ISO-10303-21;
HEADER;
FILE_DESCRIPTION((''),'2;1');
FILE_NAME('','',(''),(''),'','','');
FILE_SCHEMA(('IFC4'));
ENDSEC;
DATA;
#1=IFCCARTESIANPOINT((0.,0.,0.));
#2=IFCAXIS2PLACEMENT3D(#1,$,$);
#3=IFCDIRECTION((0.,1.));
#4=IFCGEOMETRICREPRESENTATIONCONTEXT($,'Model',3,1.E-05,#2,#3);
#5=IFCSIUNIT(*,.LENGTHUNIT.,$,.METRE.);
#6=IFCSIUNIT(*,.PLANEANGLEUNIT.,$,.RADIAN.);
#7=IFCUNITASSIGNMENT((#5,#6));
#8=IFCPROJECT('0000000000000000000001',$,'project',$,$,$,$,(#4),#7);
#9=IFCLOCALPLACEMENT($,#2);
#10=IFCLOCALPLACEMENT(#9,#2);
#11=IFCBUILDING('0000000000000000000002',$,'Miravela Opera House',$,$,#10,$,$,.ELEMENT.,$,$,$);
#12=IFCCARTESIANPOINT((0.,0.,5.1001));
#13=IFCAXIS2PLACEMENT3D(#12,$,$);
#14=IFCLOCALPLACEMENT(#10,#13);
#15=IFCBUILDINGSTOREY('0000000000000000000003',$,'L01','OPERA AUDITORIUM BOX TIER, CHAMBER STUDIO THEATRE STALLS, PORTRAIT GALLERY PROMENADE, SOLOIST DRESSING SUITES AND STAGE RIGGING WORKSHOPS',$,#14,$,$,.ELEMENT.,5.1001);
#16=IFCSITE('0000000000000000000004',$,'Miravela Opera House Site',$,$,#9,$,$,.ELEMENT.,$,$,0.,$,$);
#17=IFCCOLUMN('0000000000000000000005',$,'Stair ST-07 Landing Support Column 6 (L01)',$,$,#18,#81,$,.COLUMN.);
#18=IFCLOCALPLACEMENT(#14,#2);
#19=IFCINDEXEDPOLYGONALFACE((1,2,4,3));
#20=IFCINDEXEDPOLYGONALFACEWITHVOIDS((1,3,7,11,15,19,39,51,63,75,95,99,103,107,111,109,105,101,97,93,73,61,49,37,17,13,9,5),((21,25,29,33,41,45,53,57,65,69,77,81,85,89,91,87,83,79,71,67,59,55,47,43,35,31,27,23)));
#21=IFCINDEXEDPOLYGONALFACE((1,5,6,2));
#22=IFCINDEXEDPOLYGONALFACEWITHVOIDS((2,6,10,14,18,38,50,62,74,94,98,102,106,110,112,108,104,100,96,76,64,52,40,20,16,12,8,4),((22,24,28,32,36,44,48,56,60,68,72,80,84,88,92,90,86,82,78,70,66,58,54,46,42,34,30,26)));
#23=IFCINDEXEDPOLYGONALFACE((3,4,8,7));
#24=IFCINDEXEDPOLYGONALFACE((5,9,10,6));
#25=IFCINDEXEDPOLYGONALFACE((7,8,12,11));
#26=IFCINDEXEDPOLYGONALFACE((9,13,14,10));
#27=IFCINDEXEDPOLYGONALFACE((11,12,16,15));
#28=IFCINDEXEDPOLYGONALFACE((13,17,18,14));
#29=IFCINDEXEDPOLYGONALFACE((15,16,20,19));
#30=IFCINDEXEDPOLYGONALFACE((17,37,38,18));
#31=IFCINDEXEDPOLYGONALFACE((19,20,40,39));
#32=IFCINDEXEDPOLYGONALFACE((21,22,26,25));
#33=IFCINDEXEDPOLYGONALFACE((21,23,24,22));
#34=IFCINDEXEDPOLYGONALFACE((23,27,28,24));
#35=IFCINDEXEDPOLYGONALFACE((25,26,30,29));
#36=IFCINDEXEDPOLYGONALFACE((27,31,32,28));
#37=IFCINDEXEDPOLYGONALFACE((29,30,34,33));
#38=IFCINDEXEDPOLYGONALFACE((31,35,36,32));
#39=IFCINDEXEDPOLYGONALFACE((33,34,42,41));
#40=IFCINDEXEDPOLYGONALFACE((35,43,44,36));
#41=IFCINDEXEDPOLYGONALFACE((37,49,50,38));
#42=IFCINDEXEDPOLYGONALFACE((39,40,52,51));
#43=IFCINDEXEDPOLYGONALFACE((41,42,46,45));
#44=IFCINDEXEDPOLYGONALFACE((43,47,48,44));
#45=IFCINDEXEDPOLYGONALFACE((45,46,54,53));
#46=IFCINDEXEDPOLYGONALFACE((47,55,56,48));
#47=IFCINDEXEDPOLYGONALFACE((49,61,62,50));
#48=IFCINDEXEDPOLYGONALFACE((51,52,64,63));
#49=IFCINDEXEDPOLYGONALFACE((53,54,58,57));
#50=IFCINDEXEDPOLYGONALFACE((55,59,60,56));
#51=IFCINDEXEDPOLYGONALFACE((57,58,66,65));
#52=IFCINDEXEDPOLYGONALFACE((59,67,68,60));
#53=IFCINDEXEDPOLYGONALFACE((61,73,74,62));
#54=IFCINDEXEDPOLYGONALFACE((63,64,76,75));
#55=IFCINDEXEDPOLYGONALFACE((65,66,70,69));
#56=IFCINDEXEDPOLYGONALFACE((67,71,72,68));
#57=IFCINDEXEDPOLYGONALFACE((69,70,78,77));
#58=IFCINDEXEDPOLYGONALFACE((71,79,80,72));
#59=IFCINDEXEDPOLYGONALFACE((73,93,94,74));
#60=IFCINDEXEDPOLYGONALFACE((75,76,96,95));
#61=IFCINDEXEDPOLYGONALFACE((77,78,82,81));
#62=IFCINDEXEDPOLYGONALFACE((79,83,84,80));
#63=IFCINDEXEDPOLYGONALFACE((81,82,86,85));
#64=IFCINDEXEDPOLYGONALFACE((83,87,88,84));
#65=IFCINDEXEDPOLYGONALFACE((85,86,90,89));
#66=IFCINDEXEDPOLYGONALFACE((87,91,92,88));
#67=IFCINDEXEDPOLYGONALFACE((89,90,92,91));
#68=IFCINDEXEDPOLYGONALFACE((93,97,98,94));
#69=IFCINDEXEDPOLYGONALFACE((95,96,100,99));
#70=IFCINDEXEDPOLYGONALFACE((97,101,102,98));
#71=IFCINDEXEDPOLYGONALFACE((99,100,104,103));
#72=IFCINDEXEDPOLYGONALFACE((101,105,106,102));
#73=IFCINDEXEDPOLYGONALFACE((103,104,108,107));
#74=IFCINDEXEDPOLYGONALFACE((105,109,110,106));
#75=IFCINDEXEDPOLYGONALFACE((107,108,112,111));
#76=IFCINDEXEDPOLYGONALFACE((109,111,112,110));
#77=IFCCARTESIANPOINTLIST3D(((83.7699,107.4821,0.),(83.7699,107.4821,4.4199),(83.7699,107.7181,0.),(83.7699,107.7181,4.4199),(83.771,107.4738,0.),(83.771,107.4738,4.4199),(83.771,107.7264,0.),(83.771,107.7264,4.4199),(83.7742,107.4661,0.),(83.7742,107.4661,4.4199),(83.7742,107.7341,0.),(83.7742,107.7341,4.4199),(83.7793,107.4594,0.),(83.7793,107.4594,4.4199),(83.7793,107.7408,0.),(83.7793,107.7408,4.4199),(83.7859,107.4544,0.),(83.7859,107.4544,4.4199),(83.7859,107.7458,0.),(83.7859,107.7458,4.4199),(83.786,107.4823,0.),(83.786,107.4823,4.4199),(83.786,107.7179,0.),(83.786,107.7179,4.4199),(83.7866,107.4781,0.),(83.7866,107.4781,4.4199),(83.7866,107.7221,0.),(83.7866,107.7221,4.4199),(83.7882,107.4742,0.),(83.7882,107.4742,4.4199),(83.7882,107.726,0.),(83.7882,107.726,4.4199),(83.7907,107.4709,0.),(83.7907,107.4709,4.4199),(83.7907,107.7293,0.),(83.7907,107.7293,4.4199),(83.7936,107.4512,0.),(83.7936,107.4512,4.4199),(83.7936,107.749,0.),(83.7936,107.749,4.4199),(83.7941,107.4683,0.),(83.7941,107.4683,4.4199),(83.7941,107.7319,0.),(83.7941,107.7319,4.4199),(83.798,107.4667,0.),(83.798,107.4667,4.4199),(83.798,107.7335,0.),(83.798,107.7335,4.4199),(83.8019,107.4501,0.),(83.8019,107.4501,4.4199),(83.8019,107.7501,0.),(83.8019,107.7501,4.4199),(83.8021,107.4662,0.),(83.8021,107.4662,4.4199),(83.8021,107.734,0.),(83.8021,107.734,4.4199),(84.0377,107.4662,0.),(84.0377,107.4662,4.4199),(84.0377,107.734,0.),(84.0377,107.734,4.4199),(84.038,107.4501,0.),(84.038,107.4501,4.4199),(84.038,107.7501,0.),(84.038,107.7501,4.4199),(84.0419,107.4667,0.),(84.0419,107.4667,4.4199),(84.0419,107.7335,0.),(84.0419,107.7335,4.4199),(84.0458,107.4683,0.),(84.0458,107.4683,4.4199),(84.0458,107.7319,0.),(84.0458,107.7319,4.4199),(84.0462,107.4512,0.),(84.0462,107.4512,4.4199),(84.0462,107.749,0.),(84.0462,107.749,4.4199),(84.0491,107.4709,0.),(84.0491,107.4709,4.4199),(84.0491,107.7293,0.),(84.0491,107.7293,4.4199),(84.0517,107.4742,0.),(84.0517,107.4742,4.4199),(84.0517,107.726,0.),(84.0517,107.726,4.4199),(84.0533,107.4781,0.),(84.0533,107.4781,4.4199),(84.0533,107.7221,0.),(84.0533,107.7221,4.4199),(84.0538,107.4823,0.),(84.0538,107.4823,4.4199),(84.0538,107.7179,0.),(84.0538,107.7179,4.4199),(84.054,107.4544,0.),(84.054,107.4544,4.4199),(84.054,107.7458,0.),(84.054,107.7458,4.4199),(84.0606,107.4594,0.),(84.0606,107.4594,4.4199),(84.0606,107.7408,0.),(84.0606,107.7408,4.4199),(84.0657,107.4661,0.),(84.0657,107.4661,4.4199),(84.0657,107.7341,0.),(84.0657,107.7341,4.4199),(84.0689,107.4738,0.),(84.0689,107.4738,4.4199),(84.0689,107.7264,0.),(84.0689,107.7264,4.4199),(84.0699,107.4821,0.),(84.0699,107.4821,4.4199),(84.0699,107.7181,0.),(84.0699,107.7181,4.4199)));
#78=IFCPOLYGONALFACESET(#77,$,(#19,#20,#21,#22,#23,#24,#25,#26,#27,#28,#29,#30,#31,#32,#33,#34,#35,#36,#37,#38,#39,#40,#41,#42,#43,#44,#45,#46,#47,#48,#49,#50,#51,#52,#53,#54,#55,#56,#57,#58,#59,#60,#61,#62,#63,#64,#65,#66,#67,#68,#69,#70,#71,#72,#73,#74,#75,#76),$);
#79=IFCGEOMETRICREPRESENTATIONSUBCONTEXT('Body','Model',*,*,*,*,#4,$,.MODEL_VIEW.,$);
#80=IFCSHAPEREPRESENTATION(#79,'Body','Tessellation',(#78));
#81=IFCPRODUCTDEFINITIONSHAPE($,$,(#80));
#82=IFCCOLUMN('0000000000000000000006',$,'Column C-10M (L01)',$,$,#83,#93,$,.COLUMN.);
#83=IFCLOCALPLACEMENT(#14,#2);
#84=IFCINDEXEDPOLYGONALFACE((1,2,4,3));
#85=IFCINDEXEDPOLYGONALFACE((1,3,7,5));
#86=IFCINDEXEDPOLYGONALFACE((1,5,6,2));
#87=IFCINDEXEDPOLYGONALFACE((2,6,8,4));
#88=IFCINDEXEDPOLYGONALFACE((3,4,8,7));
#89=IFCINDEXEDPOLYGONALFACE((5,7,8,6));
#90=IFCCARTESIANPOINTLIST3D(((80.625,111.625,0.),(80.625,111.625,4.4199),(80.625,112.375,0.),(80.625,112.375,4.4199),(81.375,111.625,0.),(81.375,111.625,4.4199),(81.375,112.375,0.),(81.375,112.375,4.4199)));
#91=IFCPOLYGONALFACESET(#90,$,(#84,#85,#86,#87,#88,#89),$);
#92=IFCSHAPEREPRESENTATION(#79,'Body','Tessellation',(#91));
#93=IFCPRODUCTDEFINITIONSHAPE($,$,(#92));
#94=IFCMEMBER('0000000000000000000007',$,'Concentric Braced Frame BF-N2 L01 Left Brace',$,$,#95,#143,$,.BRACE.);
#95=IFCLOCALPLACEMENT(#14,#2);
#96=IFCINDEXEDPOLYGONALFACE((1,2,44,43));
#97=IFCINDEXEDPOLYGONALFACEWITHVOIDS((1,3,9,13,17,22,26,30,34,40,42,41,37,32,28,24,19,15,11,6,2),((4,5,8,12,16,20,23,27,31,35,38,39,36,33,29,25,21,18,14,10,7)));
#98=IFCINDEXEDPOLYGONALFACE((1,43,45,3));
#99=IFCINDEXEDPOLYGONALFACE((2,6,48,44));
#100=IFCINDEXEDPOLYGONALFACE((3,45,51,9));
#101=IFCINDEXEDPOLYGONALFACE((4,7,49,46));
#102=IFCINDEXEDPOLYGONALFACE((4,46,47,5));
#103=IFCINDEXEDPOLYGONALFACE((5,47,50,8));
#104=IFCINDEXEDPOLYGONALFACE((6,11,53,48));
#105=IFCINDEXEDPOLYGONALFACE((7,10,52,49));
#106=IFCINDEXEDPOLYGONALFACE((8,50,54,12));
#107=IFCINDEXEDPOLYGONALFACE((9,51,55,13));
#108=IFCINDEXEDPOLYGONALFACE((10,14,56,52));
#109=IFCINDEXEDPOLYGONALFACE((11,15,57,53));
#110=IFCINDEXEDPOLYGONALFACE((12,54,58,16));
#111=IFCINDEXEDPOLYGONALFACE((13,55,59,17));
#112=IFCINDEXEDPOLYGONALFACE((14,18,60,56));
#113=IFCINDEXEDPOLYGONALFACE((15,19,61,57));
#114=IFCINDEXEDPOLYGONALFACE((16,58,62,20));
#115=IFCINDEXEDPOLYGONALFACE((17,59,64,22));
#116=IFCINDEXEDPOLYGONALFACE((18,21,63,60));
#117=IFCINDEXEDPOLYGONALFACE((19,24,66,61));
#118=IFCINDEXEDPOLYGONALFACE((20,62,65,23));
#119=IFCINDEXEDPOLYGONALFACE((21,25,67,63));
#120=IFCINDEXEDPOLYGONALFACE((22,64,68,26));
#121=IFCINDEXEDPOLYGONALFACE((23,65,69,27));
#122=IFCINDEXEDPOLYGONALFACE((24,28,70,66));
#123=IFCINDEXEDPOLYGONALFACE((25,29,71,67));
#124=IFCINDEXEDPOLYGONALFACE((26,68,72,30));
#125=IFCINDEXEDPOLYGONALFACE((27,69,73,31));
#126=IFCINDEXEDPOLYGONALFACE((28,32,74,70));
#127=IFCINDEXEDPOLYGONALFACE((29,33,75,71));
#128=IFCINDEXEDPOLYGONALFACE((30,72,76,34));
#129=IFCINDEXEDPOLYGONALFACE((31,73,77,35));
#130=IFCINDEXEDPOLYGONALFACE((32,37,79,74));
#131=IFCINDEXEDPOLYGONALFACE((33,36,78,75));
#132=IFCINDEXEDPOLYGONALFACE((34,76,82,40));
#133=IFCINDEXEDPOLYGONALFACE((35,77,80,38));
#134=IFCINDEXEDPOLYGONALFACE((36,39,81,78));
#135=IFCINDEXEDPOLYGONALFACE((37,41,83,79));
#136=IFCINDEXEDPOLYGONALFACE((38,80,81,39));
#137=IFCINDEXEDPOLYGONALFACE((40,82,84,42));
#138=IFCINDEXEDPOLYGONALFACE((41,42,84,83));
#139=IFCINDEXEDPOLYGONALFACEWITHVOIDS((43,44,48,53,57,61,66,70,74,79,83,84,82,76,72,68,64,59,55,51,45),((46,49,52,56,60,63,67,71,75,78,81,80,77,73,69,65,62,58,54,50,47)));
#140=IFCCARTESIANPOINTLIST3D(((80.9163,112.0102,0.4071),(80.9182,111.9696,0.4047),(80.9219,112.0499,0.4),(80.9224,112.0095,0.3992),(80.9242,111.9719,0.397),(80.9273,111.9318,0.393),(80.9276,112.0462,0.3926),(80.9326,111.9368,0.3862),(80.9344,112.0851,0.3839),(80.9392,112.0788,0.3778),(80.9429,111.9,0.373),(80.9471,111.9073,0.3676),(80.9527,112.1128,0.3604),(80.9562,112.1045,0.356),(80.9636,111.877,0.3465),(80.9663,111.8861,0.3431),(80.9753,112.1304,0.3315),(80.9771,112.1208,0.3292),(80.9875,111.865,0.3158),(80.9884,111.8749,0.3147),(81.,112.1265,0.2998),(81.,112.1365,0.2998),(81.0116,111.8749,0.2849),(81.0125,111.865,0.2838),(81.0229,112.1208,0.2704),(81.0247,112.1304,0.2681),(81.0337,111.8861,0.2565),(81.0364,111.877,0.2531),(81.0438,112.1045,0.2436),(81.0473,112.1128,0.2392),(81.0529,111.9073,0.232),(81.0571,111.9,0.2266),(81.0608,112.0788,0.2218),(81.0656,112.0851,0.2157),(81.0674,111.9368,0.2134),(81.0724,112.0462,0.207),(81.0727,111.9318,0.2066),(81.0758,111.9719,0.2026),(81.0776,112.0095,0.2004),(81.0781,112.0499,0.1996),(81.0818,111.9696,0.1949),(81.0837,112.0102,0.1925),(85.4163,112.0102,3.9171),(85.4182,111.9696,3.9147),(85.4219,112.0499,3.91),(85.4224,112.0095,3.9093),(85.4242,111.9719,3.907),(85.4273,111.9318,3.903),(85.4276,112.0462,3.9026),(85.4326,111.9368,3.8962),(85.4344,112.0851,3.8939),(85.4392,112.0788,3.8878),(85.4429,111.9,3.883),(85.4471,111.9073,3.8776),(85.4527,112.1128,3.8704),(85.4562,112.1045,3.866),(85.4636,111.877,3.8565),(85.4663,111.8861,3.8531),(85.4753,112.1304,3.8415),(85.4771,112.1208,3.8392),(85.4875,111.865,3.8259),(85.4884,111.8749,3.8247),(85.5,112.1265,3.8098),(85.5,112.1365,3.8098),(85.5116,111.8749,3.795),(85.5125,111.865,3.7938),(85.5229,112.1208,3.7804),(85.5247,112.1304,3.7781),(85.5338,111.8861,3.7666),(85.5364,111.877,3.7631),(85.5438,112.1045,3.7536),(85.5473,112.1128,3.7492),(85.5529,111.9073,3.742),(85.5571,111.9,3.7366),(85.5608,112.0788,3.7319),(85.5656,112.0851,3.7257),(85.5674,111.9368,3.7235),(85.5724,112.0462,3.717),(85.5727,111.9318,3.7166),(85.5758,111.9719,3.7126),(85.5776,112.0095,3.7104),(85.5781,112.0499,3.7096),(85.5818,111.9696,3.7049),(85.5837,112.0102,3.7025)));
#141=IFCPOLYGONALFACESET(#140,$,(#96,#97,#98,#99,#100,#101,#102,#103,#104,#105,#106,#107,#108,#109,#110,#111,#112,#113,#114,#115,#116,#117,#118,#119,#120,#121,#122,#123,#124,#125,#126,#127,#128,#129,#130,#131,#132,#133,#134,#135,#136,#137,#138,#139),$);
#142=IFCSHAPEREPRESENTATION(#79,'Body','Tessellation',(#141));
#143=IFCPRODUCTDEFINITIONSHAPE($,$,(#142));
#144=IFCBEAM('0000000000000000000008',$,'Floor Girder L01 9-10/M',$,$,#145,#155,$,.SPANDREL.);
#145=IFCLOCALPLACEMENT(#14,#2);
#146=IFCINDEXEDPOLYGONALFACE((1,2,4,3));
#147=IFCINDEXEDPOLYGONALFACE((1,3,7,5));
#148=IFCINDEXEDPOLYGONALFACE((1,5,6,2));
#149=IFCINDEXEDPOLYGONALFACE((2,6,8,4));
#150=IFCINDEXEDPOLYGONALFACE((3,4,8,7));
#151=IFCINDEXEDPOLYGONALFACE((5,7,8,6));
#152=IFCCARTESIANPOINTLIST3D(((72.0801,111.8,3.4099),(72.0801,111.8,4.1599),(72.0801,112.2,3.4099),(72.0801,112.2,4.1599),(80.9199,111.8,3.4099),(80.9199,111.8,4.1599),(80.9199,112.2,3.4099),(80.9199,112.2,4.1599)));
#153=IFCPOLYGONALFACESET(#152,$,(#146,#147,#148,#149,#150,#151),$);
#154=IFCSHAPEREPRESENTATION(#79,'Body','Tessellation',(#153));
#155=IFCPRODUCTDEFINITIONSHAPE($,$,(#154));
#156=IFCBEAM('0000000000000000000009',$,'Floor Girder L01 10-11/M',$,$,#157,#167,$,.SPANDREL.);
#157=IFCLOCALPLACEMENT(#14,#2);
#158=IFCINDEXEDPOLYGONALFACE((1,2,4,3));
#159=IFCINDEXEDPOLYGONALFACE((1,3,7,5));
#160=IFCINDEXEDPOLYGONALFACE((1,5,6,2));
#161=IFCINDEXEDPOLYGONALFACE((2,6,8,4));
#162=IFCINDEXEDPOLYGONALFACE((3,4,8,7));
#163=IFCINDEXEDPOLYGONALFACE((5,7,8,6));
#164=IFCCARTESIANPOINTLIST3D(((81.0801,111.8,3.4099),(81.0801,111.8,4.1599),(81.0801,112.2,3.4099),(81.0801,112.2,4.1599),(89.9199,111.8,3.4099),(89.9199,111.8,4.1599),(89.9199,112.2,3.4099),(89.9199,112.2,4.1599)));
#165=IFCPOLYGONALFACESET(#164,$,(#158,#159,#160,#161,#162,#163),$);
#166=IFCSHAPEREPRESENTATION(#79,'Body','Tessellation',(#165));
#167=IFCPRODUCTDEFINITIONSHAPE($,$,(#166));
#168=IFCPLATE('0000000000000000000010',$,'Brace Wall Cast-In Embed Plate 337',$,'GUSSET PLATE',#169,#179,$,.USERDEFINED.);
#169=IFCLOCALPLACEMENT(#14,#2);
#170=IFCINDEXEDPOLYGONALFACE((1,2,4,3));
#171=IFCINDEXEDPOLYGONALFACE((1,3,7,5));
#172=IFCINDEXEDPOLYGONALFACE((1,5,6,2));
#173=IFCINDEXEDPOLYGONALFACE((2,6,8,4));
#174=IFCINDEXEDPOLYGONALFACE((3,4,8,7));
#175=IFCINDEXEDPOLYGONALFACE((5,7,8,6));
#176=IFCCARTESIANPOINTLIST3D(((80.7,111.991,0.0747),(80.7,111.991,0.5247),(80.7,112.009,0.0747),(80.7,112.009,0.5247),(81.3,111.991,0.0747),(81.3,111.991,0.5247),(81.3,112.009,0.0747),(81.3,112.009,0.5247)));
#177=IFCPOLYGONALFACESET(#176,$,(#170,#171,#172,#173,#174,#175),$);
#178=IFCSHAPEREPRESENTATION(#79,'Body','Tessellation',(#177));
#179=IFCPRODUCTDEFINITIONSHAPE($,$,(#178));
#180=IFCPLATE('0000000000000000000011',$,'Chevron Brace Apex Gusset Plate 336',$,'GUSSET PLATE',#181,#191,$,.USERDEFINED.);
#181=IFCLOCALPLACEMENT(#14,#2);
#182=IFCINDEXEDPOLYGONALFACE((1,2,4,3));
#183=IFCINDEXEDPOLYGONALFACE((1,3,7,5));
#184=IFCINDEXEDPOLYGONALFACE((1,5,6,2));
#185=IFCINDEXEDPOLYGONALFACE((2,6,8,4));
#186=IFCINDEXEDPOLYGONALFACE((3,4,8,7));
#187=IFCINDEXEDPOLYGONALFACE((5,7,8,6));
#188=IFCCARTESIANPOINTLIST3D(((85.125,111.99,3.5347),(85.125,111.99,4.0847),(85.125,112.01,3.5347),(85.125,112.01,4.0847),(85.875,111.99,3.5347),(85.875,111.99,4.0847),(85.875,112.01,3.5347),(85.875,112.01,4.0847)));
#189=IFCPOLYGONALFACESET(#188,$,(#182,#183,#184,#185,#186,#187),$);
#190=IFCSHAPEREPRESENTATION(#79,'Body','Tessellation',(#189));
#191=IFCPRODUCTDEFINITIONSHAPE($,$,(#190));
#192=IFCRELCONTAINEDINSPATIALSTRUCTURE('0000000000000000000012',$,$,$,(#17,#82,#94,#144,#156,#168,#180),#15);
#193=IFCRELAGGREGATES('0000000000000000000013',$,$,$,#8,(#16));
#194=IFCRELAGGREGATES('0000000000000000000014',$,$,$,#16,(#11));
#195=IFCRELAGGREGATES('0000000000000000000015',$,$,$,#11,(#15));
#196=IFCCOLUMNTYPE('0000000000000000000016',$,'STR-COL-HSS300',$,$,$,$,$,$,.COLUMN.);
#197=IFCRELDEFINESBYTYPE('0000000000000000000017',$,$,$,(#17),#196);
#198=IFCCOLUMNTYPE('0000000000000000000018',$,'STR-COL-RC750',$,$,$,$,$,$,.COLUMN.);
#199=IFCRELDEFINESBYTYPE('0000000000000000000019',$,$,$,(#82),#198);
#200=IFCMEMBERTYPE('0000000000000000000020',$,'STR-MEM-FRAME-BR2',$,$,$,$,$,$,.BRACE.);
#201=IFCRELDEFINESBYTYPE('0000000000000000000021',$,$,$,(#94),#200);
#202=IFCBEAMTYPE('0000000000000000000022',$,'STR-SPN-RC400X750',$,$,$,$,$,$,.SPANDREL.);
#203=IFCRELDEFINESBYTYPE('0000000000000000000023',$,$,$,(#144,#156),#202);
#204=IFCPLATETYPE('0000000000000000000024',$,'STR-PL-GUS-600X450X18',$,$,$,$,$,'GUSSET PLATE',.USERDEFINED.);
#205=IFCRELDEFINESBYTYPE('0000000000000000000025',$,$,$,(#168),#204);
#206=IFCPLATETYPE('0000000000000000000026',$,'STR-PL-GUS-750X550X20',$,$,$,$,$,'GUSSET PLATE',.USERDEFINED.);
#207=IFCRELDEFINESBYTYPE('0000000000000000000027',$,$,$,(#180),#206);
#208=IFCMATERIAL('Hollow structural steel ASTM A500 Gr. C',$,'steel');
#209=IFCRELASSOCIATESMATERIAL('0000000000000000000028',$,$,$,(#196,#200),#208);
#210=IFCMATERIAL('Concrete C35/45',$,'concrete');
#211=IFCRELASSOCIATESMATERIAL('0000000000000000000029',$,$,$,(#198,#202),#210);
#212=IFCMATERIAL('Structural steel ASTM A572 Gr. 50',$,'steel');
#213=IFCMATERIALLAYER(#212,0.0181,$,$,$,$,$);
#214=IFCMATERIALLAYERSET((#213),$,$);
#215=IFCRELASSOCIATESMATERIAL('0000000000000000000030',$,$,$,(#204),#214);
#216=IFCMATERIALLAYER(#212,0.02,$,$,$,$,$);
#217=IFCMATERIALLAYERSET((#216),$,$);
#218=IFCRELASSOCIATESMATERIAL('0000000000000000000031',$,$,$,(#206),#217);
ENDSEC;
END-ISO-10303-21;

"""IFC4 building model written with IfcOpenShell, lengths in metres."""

from ifc_helpers import new_model, si_unit, direction, frame, origin, origin_2d, place, context, subcontext, project, spatial, rectangle, hollow_rectangle, hollow_circle, extrude, material, layer, layer_set, material_profile, profile_set, type_object, element, save


model = new_model("IFC4")

# Units and contexts
model_context = context("Model", 3, precision=1e-05, world=origin(), true_north=direction((0.0, 1.0)))
body_context = subcontext(model_context, "Body", "Model", "MODEL_VIEW")
ifc_project = project(units=[si_unit("LENGTHUNIT", "METRE"), si_unit("PLANEANGLEUNIT", "RADIAN")], contexts=[model_context])

# Site, building, storey
site_placement = place(None, origin())
site = spatial("IfcSite", under=ifc_project, at=site_placement, Name="Miravela Opera House Site", CompositionType="ELEMENT", RefElevation=0.0)
building_placement = place(site_placement, origin())
building = spatial("IfcBuilding", under=site, at=building_placement, Name="Miravela Opera House", CompositionType="ELEMENT")
storey_placement = place(building_placement, frame((0.0, 0.0, 5.1001)))
storey = spatial("IfcBuildingStorey", under=building, at=storey_placement, Name="L01", Description="OPERA AUDITORIUM BOX TIER, CHAMBER STUDIO THEATRE STALLS, PORTRAIT GALLERY PROMENADE, SOLOIST DRESSING SUITES AND STAGE RIGGING WORKSHOPS", CompositionType="ELEMENT", Elevation=5.1001)

# Columns
ifc_material_1 = material(Name="Hollow structural steel ASTM A500 Gr. C", Category="steel")
ifc_material_profile_1 = material_profile(ifc_material_1, hollow_rectangle(XDim=0.3, YDim=0.3, WallThickness=0.0161, InnerFilletRadius=0.0161, OuterFilletRadius=0.032, at=origin_2d()), Name="HSS300X300X16")
ifc_profile_set_1 = profile_set([ifc_material_profile_1])
column_type_1 = type_object("IfcColumnType", Name="STR-COL-HSS300", PredefinedType="COLUMN", material=ifc_profile_set_1)
for number, where, z_axis, x_axis, name in (
    (1, (83.9199, 107.6001, 0.0), (0.0, 0.0, 1.0), (1.0, 0.0, 0.0), "Stair ST-07 Landing Support Column 6 (L01)"),
):
    element("IfcColumn", number, at=place(storey_placement, frame(where, z_axis=z_axis, x_axis=x_axis)), inside=storey, type_object=column_type_1, Name=name, PredefinedType="COLUMN", context=body_context, shape_type="SweptSolid", body=[
        extrude(hollow_rectangle(XDim=0.3, YDim=0.3, WallThickness=0.0161, InnerFilletRadius=0.0161, OuterFilletRadius=0.032, at=origin_2d()), origin(), (0.0, 0.0, 1.0), 4.4199),
    ])
ifc_material_2 = material(Name="Concrete C35/45", Category="concrete")
ifc_material_profile_2 = material_profile(ifc_material_2, rectangle(XDim=0.75, YDim=0.75, at=origin_2d()), Name="RC-COL-750X750")
ifc_profile_set_2 = profile_set([ifc_material_profile_2])
column_type_2 = type_object("IfcColumnType", Name="STR-COL-RC750", PredefinedType="COLUMN", material=ifc_profile_set_2)
column_placement = place(storey_placement, frame((81.0, 112.0, 0.0), z_axis=(0.0, 0.0, 1.0), x_axis=(1.0, 0.0, 0.0)))
element("IfcColumn", 2, at=column_placement, inside=storey, type_object=column_type_2, Name="Column C-10M (L01)", PredefinedType="COLUMN", context=body_context, shape_type="SweptSolid", body=[
    extrude(rectangle(XDim=0.75, YDim=0.75, at=origin_2d()), origin(), (0.0, 0.0, 1.0), 4.4199),
])

# Member
ifc_material_profile_3 = material_profile(ifc_material_1, hollow_circle(Radius=0.1365, WallThickness=0.01, at=origin_2d()), Name="CHS273X10")
ifc_profile_set_3 = profile_set([ifc_material_profile_3])
member_type = type_object("IfcMemberType", Name="STR-MEM-FRAME-BR2", PredefinedType="BRACE", material=ifc_profile_set_3)
member_placement = place(storey_placement, frame((81.0, 112.0, 0.2998), z_axis=(0.788501, 0.0, 0.615033), x_axis=(0.0, 1.0, 0.0)))
element("IfcMember", 3, at=member_placement, inside=storey, type_object=member_type, Name="Concentric Braced Frame BF-N2 L01 Left Brace", PredefinedType="BRACE", context=body_context, shape_type="SweptSolid", body=[
    extrude(hollow_circle(Radius=0.1365, WallThickness=0.01, at=origin_2d()), origin(), (0.0, 0.0, 1.0), 5.707),
])

# Beams
ifc_material_profile_4 = material_profile(ifc_material_2, rectangle(XDim=0.3999, YDim=0.75, at=origin_2d()), Name="RC-SPN-400X750")
ifc_profile_set_4 = profile_set([ifc_material_profile_4])
beam_type = type_object("IfcBeamType", Name="STR-SPN-RC400X750", PredefinedType="SPANDREL", material=ifc_profile_set_4)
for number, where, z_axis, x_axis, name in (
    (4, (72.0801, 112.0, 3.7849), (1.0, 0.0, 0.0), (0.0, 1.0, 0.0), "Floor Girder L01 9-10/M"),
    (5, (81.0801, 112.0, 3.7849), (1.0, 0.0, 0.0), (0.0, 1.0, 0.0), "Floor Girder L01 10-11/M"),
):
    element("IfcBeam", number, at=place(storey_placement, frame(where, z_axis=z_axis, x_axis=x_axis)), inside=storey, type_object=beam_type, Name=name, PredefinedType="SPANDREL", context=body_context, shape_type="SweptSolid", body=[
        extrude(rectangle(XDim=0.3999, YDim=0.75, at=origin_2d()), origin(), (0.0, 0.0, 1.0), 8.8398),
    ])

# Plates
ifc_material_3 = material(Name="Structural steel ASTM A572 Gr. 50", Category="steel")
ifc_layer_1 = layer(ifc_material_3, 0.0181)
ifc_layer_set_1 = layer_set([ifc_layer_1])
plate_type_1 = type_object("IfcPlateType", Name="STR-PL-GUS-600X450X18", ElementType="GUSSET PLATE", PredefinedType="USERDEFINED", material=ifc_layer_set_1)
plate_1_placement = place(storey_placement, frame((81.0, 112.0, 0.0747), z_axis=(0.0, 0.0, 1.0), x_axis=(1.0, 0.0, 0.0)))
element("IfcPlate", 6, at=plate_1_placement, inside=storey, type_object=plate_type_1, Name="Brace Wall Cast-In Embed Plate 337", ObjectType="GUSSET PLATE", PredefinedType="USERDEFINED", context=body_context, shape_type="SweptSolid", body=[
    extrude(rectangle(XDim=0.6001, YDim=0.0181, at=origin_2d()), origin(), (0.0, 0.0, 1.0), 0.45),
])
ifc_layer_2 = layer(ifc_material_3, 0.02)
ifc_layer_set_2 = layer_set([ifc_layer_2])
plate_type_2 = type_object("IfcPlateType", Name="STR-PL-GUS-750X550X20", ElementType="GUSSET PLATE", PredefinedType="USERDEFINED", material=ifc_layer_set_2)
plate_2_placement = place(storey_placement, frame((85.5, 112.0, 3.5347), z_axis=(0.0, 0.0, 1.0), x_axis=(1.0, 0.0, 0.0)))
element("IfcPlate", 7, at=plate_2_placement, inside=storey, type_object=plate_type_2, Name="Chevron Brace Apex Gusset Plate 336", ObjectType="GUSSET PLATE", PredefinedType="USERDEFINED", context=body_context, shape_type="SweptSolid", body=[
    extrude(rectangle(XDim=0.75, YDim=0.02, at=origin_2d()), origin(), (0.0, 0.0, 1.0), 0.55),
])

save(model, "model.ifc")
